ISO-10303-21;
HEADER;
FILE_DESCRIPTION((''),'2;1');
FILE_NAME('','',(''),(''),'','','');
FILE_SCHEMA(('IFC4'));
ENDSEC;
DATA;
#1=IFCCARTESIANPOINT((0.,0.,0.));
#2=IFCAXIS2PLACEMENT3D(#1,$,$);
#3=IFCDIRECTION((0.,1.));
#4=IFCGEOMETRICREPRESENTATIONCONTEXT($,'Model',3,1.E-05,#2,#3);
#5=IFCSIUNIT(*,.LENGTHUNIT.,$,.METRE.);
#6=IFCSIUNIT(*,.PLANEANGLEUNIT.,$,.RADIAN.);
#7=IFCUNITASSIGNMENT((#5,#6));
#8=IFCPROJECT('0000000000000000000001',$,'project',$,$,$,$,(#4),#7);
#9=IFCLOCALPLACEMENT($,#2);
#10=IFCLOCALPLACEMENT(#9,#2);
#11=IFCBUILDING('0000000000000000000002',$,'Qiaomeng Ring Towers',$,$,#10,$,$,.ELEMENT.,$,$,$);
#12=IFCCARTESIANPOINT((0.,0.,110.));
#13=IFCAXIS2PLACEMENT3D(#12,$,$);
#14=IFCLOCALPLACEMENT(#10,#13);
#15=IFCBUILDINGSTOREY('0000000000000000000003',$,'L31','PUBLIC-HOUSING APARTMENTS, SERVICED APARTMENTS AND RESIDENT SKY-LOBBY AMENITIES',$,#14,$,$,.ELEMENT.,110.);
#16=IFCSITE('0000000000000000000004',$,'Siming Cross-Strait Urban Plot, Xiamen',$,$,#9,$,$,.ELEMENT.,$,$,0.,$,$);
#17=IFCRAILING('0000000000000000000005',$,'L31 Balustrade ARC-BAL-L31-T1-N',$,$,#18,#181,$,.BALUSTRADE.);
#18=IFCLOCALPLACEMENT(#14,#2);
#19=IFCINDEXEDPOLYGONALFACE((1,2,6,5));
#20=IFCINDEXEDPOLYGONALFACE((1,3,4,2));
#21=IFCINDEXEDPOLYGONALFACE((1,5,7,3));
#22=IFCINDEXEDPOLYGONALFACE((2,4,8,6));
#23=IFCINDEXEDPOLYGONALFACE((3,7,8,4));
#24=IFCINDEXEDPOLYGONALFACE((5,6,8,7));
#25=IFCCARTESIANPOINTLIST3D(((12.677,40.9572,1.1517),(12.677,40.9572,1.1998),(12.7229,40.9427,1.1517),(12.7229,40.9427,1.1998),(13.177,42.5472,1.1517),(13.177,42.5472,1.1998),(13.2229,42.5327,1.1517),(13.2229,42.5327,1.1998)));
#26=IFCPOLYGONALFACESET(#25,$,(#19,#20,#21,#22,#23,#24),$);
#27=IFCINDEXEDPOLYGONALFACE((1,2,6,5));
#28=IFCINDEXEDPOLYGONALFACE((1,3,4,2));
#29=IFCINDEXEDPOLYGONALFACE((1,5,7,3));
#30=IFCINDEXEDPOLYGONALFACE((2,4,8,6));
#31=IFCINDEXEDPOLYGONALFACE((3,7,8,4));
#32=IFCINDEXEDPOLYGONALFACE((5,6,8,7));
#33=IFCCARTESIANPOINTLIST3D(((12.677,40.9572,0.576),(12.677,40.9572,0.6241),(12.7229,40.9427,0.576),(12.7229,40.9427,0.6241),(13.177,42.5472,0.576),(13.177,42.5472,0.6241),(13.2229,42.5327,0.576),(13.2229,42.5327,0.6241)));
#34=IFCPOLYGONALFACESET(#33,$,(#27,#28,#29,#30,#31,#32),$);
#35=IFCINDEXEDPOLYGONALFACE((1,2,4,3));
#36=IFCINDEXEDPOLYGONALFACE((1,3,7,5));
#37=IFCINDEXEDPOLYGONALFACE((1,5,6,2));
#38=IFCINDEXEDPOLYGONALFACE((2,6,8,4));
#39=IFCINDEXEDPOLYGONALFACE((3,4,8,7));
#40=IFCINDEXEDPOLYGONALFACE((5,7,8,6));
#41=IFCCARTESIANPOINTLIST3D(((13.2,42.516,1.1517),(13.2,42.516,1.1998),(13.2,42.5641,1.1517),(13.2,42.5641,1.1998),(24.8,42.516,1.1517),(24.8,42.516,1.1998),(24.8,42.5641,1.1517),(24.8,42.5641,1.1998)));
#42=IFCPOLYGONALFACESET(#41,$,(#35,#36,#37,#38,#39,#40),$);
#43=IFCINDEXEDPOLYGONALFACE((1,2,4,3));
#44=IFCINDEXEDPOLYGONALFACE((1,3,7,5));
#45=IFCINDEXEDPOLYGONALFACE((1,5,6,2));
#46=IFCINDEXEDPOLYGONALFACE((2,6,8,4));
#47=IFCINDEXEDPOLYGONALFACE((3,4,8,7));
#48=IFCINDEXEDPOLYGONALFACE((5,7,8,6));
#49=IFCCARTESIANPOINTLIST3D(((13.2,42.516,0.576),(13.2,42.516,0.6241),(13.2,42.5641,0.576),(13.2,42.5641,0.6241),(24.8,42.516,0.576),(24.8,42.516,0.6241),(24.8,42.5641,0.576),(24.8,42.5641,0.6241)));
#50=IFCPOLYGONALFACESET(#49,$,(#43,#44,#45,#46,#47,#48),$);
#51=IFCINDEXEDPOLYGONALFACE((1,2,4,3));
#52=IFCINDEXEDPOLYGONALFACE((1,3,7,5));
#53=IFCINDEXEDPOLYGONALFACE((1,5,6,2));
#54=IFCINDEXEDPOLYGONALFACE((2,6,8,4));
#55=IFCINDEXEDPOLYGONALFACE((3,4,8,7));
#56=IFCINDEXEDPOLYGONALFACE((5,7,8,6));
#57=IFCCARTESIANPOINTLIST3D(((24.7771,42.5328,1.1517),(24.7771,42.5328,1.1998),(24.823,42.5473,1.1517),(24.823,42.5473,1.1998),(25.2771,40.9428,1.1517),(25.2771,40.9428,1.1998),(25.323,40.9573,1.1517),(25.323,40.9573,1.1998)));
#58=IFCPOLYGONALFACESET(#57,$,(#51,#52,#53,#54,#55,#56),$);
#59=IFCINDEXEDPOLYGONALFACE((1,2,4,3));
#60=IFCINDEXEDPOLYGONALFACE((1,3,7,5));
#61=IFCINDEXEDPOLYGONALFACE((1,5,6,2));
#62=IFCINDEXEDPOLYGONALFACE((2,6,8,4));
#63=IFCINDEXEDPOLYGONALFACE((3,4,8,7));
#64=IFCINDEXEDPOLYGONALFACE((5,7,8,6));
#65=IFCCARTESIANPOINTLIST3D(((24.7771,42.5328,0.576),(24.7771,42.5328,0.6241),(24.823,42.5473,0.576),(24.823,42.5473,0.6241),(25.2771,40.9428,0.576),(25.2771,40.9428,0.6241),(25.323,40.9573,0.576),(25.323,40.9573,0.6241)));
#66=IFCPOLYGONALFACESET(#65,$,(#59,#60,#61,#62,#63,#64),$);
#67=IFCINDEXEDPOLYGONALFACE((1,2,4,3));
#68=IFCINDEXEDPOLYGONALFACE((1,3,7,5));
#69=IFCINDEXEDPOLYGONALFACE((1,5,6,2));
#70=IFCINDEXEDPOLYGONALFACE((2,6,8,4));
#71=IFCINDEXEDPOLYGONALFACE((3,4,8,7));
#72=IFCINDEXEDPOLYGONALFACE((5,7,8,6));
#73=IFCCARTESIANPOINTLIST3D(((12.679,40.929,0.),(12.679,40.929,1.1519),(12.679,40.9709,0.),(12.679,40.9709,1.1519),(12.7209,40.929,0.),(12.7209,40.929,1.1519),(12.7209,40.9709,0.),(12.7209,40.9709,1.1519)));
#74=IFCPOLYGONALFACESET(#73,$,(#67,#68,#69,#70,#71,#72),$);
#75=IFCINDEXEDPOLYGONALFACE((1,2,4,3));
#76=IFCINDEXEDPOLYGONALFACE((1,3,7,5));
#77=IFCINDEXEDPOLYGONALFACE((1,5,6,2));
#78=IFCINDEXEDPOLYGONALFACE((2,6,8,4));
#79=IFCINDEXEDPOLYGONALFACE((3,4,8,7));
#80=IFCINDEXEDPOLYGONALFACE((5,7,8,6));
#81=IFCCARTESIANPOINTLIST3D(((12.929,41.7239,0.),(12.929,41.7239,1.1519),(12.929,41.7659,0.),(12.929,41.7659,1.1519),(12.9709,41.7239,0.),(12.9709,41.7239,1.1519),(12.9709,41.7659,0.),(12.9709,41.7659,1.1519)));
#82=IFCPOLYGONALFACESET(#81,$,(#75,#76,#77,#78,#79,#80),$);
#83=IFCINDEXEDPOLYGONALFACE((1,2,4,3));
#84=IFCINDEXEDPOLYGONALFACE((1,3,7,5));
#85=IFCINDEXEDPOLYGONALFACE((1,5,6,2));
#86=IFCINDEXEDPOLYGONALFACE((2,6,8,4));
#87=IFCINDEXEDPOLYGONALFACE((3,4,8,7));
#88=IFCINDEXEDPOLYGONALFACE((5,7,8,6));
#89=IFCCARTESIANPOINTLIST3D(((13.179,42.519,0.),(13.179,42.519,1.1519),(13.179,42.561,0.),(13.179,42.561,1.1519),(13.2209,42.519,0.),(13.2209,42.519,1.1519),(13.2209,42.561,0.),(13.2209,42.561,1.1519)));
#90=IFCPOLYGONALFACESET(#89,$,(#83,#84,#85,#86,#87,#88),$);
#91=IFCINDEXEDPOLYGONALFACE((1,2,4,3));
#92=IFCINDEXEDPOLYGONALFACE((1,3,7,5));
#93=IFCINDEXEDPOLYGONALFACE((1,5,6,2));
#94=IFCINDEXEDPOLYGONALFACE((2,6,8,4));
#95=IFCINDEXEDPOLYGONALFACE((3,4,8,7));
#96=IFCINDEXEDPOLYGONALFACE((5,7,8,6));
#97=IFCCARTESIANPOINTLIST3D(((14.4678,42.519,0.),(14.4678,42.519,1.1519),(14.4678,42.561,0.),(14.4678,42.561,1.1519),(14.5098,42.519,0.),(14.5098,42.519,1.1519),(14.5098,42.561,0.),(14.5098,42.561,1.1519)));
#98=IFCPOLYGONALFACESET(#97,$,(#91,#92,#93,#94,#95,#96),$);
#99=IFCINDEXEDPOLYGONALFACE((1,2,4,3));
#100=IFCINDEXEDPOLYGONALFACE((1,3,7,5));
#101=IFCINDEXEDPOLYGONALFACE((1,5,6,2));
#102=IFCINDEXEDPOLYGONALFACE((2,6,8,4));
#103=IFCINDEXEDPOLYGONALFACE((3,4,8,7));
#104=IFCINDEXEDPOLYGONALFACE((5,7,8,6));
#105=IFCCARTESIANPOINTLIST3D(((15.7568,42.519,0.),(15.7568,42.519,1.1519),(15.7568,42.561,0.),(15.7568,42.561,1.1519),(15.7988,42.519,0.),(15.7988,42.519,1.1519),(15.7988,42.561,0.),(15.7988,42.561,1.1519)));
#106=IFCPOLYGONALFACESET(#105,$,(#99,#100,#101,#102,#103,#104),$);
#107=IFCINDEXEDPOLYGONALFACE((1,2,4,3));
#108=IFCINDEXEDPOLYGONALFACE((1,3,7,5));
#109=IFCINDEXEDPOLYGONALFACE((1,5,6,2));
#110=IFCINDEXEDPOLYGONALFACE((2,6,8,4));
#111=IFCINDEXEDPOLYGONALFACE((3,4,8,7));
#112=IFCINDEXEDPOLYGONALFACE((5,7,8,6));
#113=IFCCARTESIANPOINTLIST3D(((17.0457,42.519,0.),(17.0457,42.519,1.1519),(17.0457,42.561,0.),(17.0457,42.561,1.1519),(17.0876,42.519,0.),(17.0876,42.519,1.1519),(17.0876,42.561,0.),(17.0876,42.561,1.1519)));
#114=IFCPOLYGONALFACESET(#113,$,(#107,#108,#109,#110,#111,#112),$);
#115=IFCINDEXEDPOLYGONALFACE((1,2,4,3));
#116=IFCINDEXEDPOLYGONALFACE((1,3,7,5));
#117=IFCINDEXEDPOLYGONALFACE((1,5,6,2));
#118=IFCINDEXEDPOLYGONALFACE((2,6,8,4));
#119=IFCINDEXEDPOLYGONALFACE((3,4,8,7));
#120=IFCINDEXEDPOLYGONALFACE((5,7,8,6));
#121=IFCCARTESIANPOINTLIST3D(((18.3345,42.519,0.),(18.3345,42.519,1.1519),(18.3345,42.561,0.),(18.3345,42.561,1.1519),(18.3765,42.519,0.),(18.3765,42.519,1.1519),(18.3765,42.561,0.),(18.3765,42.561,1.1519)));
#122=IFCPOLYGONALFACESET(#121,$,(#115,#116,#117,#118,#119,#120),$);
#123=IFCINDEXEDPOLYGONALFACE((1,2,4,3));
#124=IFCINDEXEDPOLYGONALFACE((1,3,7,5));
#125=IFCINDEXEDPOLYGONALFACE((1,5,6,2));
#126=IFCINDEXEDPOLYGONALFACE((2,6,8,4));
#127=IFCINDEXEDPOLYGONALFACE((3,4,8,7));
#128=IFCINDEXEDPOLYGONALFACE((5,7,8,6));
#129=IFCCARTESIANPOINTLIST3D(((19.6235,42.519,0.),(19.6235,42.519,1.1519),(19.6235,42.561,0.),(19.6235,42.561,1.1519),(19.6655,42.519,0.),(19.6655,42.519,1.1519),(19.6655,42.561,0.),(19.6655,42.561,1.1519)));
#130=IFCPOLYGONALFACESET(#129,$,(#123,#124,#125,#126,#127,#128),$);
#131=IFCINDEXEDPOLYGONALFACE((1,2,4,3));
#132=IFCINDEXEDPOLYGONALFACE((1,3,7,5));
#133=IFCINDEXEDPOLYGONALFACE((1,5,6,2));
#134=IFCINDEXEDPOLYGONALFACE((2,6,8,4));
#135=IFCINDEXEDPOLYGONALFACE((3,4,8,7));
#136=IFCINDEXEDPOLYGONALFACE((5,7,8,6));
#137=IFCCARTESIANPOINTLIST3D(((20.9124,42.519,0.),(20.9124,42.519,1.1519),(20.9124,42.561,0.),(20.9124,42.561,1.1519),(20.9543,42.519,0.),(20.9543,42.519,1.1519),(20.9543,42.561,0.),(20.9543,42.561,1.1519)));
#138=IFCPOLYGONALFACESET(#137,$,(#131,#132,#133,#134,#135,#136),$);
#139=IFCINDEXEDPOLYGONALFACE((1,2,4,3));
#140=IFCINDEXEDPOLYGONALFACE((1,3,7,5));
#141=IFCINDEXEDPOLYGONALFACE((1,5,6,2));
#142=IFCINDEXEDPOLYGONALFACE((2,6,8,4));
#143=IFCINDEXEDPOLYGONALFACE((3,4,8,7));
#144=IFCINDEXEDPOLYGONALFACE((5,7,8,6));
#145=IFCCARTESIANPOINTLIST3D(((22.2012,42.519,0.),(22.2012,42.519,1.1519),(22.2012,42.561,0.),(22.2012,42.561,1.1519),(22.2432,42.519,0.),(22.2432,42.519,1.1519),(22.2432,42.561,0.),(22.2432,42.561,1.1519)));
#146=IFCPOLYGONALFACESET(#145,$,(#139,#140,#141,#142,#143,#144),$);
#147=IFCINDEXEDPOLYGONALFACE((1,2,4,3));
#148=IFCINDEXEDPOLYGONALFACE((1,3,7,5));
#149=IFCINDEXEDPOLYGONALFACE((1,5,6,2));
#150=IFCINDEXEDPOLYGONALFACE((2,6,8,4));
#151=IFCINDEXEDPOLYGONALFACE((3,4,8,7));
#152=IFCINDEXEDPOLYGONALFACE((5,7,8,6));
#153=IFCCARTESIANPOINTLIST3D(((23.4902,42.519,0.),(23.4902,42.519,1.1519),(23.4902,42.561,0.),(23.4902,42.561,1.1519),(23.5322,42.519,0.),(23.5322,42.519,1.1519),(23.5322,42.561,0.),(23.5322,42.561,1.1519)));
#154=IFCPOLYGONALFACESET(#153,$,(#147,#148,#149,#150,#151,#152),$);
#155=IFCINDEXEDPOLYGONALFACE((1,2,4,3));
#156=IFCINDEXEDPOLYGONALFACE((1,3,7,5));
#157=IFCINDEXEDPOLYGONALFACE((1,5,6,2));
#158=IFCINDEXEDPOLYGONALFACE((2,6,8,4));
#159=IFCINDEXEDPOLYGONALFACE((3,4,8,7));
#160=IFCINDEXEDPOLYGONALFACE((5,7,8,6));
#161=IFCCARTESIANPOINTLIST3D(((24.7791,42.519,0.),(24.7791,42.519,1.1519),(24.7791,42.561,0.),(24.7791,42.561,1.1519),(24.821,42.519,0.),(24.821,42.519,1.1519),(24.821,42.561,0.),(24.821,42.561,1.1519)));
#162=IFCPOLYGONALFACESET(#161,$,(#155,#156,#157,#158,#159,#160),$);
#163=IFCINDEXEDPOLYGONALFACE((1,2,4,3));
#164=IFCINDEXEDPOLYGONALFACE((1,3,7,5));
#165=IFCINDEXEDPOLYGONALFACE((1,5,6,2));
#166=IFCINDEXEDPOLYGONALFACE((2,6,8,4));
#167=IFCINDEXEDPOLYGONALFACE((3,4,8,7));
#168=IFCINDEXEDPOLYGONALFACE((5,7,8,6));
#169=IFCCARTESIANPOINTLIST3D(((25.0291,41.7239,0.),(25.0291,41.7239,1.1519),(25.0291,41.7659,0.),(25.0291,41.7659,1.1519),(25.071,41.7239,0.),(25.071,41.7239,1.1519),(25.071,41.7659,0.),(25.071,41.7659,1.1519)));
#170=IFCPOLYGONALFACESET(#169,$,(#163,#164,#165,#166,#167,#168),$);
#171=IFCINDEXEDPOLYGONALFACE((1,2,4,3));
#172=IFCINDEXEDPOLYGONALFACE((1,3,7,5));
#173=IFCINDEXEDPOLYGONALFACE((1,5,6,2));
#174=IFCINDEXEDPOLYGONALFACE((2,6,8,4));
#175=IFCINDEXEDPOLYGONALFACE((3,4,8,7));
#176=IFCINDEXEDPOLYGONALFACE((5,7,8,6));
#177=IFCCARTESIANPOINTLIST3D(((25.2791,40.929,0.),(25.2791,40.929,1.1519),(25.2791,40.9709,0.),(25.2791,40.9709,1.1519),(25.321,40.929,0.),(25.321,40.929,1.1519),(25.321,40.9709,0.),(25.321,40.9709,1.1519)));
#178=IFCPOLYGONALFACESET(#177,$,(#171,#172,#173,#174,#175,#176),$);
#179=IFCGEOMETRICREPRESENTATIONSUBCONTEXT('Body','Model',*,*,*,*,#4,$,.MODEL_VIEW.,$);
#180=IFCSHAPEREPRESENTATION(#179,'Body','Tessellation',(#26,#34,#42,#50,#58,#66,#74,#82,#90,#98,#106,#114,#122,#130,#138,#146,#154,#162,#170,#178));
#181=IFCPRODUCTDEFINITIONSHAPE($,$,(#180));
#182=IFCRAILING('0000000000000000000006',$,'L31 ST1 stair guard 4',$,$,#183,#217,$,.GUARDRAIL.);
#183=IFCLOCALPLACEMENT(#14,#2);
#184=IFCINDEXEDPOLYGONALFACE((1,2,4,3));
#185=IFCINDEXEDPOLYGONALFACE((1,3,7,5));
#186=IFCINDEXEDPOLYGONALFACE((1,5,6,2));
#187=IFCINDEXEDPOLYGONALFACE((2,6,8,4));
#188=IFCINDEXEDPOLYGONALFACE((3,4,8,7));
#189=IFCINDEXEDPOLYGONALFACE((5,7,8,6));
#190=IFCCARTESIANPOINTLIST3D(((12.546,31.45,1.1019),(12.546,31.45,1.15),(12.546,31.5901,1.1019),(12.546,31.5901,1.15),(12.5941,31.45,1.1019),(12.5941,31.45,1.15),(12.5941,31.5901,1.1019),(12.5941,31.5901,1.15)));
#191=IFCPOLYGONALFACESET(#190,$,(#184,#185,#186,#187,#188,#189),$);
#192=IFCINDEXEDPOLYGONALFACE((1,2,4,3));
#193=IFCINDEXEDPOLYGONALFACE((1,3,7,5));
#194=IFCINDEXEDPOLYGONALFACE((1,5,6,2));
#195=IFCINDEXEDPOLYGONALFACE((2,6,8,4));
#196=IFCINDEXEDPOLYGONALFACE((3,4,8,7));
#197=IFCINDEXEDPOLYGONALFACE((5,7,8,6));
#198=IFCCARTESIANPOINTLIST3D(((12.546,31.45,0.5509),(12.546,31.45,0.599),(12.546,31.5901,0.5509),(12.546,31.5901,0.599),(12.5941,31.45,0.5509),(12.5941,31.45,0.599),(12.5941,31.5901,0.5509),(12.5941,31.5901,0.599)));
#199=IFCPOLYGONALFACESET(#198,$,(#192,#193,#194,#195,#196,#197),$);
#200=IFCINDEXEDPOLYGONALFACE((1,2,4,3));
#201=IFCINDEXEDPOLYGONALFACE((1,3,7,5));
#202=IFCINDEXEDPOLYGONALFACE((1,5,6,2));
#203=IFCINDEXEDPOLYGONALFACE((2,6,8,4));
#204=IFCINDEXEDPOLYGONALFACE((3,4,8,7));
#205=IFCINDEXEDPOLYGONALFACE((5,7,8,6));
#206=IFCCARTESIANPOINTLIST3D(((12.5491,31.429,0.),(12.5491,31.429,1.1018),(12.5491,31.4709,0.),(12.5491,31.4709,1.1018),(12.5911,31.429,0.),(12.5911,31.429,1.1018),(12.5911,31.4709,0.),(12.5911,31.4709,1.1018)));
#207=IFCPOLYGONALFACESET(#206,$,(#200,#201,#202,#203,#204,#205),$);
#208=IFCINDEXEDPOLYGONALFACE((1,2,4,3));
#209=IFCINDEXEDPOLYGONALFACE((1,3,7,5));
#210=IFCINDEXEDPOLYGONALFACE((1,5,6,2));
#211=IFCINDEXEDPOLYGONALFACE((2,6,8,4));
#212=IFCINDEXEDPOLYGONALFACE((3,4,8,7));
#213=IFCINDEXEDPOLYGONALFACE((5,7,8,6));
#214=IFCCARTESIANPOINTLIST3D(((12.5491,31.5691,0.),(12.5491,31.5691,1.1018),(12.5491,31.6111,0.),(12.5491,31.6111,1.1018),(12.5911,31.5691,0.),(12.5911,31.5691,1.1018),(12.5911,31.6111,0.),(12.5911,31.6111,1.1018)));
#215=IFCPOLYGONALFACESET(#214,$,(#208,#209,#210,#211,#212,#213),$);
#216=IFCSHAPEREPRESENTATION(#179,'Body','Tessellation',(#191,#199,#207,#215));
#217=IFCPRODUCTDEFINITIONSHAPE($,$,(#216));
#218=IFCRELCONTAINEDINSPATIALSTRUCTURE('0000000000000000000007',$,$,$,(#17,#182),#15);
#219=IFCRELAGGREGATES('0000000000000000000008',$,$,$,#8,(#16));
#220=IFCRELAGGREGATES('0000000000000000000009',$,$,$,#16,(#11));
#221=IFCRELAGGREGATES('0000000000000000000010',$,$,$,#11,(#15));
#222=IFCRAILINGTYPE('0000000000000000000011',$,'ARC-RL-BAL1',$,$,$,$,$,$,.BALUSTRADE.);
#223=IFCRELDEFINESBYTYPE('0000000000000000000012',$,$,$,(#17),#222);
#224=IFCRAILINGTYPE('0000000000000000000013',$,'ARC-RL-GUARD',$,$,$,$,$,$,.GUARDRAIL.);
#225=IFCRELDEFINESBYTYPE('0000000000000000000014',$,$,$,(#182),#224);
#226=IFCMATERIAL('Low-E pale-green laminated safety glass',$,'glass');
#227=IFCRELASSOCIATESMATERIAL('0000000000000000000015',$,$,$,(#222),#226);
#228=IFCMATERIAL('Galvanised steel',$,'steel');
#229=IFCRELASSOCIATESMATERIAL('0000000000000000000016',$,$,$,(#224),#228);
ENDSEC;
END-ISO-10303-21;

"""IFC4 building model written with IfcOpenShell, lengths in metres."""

from ifc_helpers import new_model, si_unit, direction, frame, origin, origin_2d, place, context, subcontext, project, spatial, rectangle, extrude, material, type_object, element, save


model = new_model("IFC4")

# Units and contexts
model_context = context("Model", 3, precision=1e-05, world=origin(), true_north=direction((0.0, 1.0)))
body_context = subcontext(model_context, "Body", "Model", "MODEL_VIEW")
ifc_project = project(units=[si_unit("LENGTHUNIT", "METRE"), si_unit("PLANEANGLEUNIT", "RADIAN")], contexts=[model_context])

# Site, building, storey
site_placement = place(None, origin())
site = spatial("IfcSite", under=ifc_project, at=site_placement, Name="Siming Cross-Strait Urban Plot, Xiamen", CompositionType="ELEMENT", RefElevation=0.0)
building_placement = place(site_placement, origin())
building = spatial("IfcBuilding", under=site, at=building_placement, Name="Qiaomeng Ring Towers", CompositionType="ELEMENT")
storey_placement = place(building_placement, frame((0.0, 0.0, 110.0)))
storey = spatial("IfcBuildingStorey", under=building, at=storey_placement, Name="L31", Description="PUBLIC-HOUSING APARTMENTS, SERVICED APARTMENTS AND RESIDENT SKY-LOBBY AMENITIES", CompositionType="ELEMENT", Elevation=110.0)

# Shared definitions
ifc_material_1 = material(Name="Galvanised steel", Category="steel")

# Railings
ifc_material_2 = material(Name="Low-E pale-green laminated safety glass", Category="glass")
railing_type_1 = type_object("IfcRailingType", Name="ARC-RL-BAL1", PredefinedType="BALUSTRADE", material=ifc_material_2)
railing_1_placement = place(storey_placement, frame((12.7, 40.95, 0.0)))
element("IfcRailing", 1, at=railing_1_placement, inside=storey, type_object=railing_type_1, Name="L31 Balustrade ARC-BAL-L31-T1-N", PredefinedType="BALUSTRADE", context=body_context, shape_type="SweptSolid", body=[
    extrude(rectangle(XDim=0.0481, YDim=0.0481, at=origin_2d()), frame((0.0, 0.0, 1.1758), z_axis=(0.299968, 0.953949, 0.0), x_axis=(-0.953949, 0.299968, 0.0)), (0.0, 0.0, 1.0), 1.6667),
    extrude(rectangle(XDim=0.0481, YDim=0.0481, at=origin_2d()), frame((0.0, 0.0, 0.6001), z_axis=(0.299968, 0.953949, 0.0), x_axis=(-0.953949, 0.299968, 0.0)), (0.0, 0.0, 1.0), 1.6667),
    extrude(rectangle(XDim=0.0481, YDim=0.0481, at=origin_2d()), frame((0.5, 1.5901, 1.1758), z_axis=(1.0, 0.0, 0.0), x_axis=(0.0, 1.0, 0.0)), (0.0, 0.0, 1.0), 11.6001),
    extrude(rectangle(XDim=0.0481, YDim=0.0481, at=origin_2d()), frame((0.5, 1.5901, 0.6001), z_axis=(1.0, 0.0, 0.0), x_axis=(0.0, 1.0, 0.0)), (0.0, 0.0, 1.0), 11.6001),
    extrude(rectangle(XDim=0.0481, YDim=0.0481, at=origin_2d()), frame((12.1001, 1.5901, 1.1758), z_axis=(0.299968, -0.953949, 0.0), x_axis=(0.953949, 0.299968, 0.0)), (0.0, 0.0, 1.0), 1.6667),
    extrude(rectangle(XDim=0.0481, YDim=0.0481, at=origin_2d()), frame((12.1001, 1.5901, 0.6001), z_axis=(0.299968, -0.953949, 0.0), x_axis=(0.953949, 0.299968, 0.0)), (0.0, 0.0, 1.0), 1.6667),
    extrude(rectangle(XDim=0.042, YDim=0.042, at=origin_2d()), origin(), (0.0, 0.0, 1.0), 1.1519),
    extrude(rectangle(XDim=0.042, YDim=0.042, at=origin_2d()), frame((0.25, 0.7949, 0.0)), (0.0, 0.0, 1.0), 1.1519),
    extrude(rectangle(XDim=0.042, YDim=0.042, at=origin_2d()), frame((0.5, 1.5901, 0.0)), (0.0, 0.0, 1.0), 1.1519),
    extrude(rectangle(XDim=0.042, YDim=0.042, at=origin_2d()), frame((1.7888, 1.5901, 0.0)), (0.0, 0.0, 1.0), 1.1519),
    extrude(rectangle(XDim=0.042, YDim=0.042, at=origin_2d()), frame((3.0779, 1.5901, 0.0)), (0.0, 0.0, 1.0), 1.1519),
    extrude(rectangle(XDim=0.042, YDim=0.042, at=origin_2d()), frame((4.3667, 1.5901, 0.0)), (0.0, 0.0, 1.0), 1.1519),
    extrude(rectangle(XDim=0.042, YDim=0.042, at=origin_2d()), frame((5.6555, 1.5901, 0.0)), (0.0, 0.0, 1.0), 1.1519),
    extrude(rectangle(XDim=0.042, YDim=0.042, at=origin_2d()), frame((6.9446, 1.5901, 0.0)), (0.0, 0.0, 1.0), 1.1519),
    extrude(rectangle(XDim=0.042, YDim=0.042, at=origin_2d()), frame((8.2334, 1.5901, 0.0)), (0.0, 0.0, 1.0), 1.1519),
    extrude(rectangle(XDim=0.042, YDim=0.042, at=origin_2d()), frame((9.5222, 1.5901, 0.0)), (0.0, 0.0, 1.0), 1.1519),
    extrude(rectangle(XDim=0.042, YDim=0.042, at=origin_2d()), frame((10.8113, 1.5901, 0.0)), (0.0, 0.0, 1.0), 1.1519),
    extrude(rectangle(XDim=0.042, YDim=0.042, at=origin_2d()), frame((12.1001, 1.5901, 0.0)), (0.0, 0.0, 1.0), 1.1519),
    extrude(rectangle(XDim=0.042, YDim=0.042, at=origin_2d()), frame((12.3501, 0.7949, 0.0)), (0.0, 0.0, 1.0), 1.1519),
    extrude(rectangle(XDim=0.042, YDim=0.042, at=origin_2d()), frame((12.6001, 0.0, 0.0)), (0.0, 0.0, 1.0), 1.1519),
])
railing_type_2 = type_object("IfcRailingType", Name="ARC-RL-GUARD", PredefinedType="GUARDRAIL", material=ifc_material_1)
railing_2_placement = place(storey_placement, frame((12.5701, 31.45, 0.0)))
element("IfcRailing", 2, at=railing_2_placement, inside=storey, type_object=railing_type_2, Name="L31 ST1 stair guard 4", PredefinedType="GUARDRAIL", context=body_context, shape_type="SweptSolid", body=[
    extrude(rectangle(XDim=0.0481, YDim=0.0481, at=origin_2d()), frame((0.0, 0.0, 1.126), z_axis=(0.0, 1.0, 0.0), x_axis=(-1.0, 0.0, 0.0)), (0.0, 0.0, 1.0), 0.1401),
    extrude(rectangle(XDim=0.0481, YDim=0.0481, at=origin_2d()), frame((0.0, 0.0, 0.575), z_axis=(0.0, 1.0, 0.0), x_axis=(-1.0, 0.0, 0.0)), (0.0, 0.0, 1.0), 0.1401),
    extrude(rectangle(XDim=0.042, YDim=0.042, at=origin_2d()), origin(), (0.0, 0.0, 1.0), 1.1018),
    extrude(rectangle(XDim=0.042, YDim=0.042, at=origin_2d()), frame((0.0, 0.1401, 0.0)), (0.0, 0.0, 1.0), 1.1018),
])

save(model, "model.ifc")
